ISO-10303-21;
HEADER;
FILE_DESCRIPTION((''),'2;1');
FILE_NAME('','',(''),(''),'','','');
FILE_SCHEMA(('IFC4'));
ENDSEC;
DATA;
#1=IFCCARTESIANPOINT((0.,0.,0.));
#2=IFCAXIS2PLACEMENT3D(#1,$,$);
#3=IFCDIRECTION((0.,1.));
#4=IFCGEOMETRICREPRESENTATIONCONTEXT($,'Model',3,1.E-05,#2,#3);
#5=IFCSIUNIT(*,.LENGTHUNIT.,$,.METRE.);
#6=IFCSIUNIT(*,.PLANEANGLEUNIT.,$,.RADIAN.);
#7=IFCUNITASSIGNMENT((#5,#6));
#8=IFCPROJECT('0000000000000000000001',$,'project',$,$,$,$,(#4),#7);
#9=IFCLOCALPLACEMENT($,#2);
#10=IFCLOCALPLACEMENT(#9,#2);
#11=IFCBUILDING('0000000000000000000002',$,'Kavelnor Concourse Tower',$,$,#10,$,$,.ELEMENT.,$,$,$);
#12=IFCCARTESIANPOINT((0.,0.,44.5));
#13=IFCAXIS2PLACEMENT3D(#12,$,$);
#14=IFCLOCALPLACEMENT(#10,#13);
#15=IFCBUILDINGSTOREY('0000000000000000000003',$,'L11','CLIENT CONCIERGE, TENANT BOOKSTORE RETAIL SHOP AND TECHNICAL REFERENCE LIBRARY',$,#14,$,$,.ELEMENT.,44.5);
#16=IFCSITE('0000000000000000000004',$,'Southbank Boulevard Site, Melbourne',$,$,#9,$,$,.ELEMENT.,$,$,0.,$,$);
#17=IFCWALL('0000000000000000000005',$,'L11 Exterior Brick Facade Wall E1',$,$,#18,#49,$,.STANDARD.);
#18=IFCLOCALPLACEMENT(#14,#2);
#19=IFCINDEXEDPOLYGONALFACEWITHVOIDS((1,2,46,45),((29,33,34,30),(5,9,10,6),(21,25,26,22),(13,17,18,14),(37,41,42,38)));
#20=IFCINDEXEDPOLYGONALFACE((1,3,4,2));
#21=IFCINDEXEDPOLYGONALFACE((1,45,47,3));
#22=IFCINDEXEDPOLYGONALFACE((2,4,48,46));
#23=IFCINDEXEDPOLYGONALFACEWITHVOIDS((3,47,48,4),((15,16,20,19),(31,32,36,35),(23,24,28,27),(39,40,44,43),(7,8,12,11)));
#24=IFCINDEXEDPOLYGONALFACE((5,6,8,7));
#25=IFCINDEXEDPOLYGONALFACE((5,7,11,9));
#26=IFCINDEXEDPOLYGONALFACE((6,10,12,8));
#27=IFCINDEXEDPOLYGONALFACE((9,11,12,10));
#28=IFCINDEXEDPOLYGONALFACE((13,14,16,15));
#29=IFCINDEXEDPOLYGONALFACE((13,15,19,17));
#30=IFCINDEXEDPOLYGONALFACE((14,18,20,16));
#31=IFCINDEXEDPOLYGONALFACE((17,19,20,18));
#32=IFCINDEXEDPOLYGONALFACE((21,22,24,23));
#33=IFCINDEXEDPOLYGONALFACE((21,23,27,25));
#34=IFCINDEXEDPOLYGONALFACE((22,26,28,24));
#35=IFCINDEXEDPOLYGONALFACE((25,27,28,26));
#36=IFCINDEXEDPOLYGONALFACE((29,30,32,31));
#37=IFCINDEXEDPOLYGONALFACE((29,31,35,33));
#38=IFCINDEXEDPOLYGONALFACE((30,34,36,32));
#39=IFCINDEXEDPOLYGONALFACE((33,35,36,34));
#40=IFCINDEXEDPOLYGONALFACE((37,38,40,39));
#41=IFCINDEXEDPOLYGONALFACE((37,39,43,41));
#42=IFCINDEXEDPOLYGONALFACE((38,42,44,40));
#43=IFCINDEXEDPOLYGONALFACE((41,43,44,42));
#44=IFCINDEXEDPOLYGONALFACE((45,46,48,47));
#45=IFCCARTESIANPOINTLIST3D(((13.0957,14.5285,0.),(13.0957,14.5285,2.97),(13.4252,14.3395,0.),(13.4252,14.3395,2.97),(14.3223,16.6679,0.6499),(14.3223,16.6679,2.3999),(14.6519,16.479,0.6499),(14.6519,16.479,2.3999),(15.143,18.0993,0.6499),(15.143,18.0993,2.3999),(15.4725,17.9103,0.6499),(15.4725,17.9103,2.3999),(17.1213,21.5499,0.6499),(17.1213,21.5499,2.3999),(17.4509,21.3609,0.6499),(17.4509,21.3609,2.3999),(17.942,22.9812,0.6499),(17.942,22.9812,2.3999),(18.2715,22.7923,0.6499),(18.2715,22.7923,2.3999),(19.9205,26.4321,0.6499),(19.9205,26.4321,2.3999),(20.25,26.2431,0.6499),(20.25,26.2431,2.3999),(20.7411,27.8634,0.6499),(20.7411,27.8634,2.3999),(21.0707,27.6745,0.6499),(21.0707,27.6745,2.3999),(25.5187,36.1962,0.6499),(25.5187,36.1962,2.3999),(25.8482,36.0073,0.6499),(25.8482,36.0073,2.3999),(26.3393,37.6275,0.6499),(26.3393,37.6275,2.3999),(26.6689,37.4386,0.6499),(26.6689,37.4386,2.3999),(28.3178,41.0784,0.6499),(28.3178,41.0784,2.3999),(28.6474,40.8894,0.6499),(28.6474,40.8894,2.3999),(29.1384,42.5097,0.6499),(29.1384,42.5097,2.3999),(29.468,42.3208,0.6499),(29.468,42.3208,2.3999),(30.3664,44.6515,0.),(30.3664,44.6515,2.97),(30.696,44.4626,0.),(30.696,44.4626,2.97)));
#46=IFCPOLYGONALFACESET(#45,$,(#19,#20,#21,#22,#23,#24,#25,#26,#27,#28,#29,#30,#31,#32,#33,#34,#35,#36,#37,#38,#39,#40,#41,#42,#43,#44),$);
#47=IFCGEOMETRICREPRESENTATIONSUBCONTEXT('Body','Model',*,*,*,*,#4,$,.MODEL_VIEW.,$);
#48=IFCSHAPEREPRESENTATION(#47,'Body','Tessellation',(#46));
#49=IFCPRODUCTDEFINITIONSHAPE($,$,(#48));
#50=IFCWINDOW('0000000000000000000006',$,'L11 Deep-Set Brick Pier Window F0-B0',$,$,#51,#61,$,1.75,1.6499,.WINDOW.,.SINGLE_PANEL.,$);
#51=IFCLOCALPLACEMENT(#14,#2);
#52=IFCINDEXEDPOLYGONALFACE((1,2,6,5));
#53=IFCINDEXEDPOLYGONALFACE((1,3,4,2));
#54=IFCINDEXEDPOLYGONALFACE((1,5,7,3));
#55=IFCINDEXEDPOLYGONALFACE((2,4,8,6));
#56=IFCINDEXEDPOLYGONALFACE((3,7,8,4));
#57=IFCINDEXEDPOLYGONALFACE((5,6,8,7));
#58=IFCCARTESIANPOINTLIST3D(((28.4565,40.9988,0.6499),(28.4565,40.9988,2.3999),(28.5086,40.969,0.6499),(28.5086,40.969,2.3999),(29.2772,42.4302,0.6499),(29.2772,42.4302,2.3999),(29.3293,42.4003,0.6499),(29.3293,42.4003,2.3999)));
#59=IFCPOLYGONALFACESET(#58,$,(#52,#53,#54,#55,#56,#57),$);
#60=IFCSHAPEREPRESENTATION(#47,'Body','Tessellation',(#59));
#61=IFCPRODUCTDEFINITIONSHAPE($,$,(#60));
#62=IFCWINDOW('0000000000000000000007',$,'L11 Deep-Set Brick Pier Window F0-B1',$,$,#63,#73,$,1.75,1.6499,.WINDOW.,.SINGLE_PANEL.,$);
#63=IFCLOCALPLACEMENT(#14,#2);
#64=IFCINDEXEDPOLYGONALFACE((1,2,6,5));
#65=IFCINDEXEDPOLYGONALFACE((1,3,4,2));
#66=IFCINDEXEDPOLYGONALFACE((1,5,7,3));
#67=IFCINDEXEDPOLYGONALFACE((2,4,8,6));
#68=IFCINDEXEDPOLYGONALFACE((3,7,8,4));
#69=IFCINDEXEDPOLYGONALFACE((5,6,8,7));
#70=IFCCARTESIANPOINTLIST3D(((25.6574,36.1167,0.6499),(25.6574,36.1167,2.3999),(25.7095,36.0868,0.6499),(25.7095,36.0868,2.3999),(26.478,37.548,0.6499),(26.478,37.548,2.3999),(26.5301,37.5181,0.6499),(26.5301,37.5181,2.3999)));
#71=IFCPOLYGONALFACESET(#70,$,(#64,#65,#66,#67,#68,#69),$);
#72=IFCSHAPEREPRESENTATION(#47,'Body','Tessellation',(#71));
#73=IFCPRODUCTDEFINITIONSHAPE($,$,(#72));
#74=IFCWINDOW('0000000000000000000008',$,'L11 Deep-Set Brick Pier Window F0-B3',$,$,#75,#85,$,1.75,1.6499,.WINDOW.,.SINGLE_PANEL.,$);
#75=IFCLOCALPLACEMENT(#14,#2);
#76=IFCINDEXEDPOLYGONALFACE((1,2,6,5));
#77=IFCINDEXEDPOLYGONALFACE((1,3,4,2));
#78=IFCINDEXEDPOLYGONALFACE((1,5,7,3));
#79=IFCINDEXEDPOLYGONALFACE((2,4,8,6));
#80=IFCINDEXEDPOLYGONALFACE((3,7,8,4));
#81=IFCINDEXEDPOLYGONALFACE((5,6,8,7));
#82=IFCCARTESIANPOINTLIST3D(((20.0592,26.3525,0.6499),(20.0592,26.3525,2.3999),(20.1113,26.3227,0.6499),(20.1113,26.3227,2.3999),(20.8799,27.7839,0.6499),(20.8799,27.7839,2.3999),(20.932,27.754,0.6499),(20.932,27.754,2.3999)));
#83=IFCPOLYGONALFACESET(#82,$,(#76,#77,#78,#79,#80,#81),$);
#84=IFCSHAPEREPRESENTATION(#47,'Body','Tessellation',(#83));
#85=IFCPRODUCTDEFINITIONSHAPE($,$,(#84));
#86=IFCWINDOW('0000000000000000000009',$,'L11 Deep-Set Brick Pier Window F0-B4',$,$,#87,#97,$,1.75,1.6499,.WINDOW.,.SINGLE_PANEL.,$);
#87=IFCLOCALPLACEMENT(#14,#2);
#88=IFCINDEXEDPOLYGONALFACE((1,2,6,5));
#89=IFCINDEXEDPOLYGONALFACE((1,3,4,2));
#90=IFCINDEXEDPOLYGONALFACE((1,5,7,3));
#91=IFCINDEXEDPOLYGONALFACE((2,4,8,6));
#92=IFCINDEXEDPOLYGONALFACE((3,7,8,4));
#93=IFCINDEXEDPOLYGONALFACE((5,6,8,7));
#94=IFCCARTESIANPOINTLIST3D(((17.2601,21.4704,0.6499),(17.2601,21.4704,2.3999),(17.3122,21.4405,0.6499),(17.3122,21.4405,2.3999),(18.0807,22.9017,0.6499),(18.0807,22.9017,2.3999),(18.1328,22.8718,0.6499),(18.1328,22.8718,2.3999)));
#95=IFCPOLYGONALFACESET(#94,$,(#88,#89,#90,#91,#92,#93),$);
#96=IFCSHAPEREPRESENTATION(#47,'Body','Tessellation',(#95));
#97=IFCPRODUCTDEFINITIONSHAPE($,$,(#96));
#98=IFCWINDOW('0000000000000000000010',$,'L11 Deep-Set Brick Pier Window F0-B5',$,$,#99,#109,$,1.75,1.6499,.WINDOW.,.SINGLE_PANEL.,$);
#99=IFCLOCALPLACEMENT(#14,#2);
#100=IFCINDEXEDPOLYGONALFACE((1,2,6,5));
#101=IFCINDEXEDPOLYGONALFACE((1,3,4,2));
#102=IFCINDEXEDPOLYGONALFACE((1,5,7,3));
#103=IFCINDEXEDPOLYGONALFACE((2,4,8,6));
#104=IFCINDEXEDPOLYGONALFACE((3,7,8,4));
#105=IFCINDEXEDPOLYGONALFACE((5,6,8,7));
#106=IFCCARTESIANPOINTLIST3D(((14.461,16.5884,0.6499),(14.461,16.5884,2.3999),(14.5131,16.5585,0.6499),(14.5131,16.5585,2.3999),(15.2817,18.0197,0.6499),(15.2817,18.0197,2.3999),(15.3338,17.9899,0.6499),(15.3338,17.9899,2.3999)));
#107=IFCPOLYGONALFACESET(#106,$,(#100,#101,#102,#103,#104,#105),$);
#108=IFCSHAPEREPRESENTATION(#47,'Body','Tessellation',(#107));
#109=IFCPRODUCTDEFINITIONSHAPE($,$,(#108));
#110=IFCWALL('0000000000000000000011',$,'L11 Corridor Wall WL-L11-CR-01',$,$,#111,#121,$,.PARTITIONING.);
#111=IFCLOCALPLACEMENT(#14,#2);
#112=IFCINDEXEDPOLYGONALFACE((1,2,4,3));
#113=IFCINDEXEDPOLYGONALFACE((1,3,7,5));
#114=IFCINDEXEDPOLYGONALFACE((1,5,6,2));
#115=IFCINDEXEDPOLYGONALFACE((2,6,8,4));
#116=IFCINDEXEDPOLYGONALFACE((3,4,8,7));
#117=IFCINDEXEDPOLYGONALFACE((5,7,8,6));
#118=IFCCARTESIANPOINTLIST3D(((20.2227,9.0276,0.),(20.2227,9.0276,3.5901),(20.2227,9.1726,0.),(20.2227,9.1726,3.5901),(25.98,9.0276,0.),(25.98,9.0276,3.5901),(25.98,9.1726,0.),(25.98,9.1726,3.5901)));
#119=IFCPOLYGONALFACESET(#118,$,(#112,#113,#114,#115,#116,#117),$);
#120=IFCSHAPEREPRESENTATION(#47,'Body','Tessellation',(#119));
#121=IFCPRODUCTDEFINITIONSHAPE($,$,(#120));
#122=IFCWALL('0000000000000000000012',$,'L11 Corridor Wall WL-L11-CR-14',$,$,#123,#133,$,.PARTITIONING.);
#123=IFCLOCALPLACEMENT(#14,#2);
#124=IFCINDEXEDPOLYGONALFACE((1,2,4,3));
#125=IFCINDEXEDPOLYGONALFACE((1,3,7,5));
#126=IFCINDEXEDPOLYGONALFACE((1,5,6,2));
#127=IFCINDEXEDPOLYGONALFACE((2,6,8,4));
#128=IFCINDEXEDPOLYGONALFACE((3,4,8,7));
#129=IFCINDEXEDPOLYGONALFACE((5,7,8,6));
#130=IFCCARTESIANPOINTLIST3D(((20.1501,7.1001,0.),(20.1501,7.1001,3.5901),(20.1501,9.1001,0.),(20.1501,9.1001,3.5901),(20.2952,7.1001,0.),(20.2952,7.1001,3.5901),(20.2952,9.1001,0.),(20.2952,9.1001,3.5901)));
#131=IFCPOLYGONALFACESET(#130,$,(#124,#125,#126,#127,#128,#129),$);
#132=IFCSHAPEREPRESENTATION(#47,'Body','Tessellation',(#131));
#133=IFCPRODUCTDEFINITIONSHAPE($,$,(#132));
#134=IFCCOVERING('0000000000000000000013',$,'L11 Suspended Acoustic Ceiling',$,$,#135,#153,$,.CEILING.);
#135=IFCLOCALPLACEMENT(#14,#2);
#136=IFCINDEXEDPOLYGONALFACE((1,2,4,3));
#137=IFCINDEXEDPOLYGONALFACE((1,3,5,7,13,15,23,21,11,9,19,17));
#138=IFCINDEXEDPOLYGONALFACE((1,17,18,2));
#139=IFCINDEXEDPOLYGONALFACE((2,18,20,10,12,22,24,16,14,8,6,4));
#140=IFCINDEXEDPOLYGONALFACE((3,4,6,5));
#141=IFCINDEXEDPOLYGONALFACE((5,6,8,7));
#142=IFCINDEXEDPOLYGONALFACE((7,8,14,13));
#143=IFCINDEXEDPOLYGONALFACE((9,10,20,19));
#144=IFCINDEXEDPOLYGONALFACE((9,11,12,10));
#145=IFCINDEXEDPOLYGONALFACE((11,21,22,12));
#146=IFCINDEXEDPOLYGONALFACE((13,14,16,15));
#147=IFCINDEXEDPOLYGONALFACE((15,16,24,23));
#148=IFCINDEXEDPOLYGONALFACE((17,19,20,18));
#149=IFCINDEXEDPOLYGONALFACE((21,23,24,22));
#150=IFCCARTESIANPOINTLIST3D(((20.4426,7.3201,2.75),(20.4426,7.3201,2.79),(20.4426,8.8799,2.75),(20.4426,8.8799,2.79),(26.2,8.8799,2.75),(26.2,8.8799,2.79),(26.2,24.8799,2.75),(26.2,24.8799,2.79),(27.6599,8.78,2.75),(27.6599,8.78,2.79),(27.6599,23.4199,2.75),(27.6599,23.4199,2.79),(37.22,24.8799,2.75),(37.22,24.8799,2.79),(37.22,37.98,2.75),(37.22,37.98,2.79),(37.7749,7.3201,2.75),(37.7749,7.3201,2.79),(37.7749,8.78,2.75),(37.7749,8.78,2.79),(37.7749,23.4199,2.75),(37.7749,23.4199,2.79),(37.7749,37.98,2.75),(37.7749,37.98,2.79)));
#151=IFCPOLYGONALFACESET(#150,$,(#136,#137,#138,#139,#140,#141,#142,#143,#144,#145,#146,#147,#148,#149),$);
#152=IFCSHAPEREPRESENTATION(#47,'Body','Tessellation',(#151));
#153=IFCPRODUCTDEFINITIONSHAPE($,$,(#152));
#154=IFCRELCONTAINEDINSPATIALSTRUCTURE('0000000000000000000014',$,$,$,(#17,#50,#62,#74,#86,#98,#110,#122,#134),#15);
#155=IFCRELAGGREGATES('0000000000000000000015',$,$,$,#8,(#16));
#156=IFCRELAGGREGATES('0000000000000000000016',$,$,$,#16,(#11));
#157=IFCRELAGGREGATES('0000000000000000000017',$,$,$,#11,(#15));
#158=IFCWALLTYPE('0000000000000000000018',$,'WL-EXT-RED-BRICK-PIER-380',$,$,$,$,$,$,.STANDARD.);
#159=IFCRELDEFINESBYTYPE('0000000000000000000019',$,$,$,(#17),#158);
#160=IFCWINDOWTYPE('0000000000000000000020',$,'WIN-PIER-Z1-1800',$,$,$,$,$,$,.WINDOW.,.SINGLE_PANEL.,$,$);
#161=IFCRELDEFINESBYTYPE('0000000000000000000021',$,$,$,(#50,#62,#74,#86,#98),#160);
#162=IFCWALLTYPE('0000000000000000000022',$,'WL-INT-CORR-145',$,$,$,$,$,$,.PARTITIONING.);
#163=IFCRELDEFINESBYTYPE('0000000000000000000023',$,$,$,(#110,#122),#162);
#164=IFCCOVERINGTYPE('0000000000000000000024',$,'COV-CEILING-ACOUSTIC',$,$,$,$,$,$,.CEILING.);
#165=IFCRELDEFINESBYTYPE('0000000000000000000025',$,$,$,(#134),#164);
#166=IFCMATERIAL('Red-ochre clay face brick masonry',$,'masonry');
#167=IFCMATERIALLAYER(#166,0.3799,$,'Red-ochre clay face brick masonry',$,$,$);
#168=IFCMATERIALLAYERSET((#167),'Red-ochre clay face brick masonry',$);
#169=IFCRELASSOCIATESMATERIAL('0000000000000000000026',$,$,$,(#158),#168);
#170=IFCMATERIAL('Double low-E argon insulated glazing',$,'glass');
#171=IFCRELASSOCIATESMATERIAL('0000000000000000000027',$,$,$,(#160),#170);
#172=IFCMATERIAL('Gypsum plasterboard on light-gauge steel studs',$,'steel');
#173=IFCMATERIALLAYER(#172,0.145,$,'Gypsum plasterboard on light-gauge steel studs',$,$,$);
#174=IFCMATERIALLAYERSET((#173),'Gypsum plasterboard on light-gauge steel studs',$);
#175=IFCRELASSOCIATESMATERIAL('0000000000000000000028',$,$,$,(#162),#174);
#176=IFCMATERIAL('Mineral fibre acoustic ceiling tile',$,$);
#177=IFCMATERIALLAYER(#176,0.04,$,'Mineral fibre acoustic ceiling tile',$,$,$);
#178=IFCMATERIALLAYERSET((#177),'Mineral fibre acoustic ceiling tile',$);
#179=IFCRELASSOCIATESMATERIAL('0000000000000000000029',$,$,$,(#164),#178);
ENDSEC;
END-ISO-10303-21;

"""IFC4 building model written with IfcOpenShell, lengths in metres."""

from ifc_helpers import new_model, si_unit, direction, frame, frame_2d, origin, place, context, subcontext, project, spatial, polyline, rectangle, outline, extrude, material, layer, layer_set, type_object, element, fill, save


model = new_model("IFC4")

# Units and contexts
model_context = context("Model", 3, precision=1e-05, world=origin(), true_north=direction((0.0, 1.0)))
body_context = subcontext(model_context, "Body", "Model", "MODEL_VIEW")
ifc_project = project(units=[si_unit("LENGTHUNIT", "METRE"), si_unit("PLANEANGLEUNIT", "RADIAN")], contexts=[model_context])

# Site, building, storey
site_placement = place(None, origin())
site = spatial("IfcSite", under=ifc_project, at=site_placement, Name="Southbank Boulevard Site, Melbourne", CompositionType="ELEMENT", RefElevation=0.0)
building_placement = place(site_placement, origin())
building = spatial("IfcBuilding", under=site, at=building_placement, Name="Kavelnor Concourse Tower", CompositionType="ELEMENT")
storey_placement = place(building_placement, frame((0.0, 0.0, 44.5)))
storey = spatial("IfcBuildingStorey", under=building, at=storey_placement, Name="L11", Description="CLIENT CONCIERGE, TENANT BOOKSTORE RETAIL SHOP AND TECHNICAL REFERENCE LIBRARY", CompositionType="ELEMENT", Elevation=44.5)

# Wall, openings, windows
ifc_material_1 = material(Name="Red-ochre clay face brick masonry", Category="masonry")
ifc_layer_1 = layer(ifc_material_1, 0.3799, Name="Red-ochre clay face brick masonry")
ifc_layer_set_1 = layer_set([ifc_layer_1], Name="Red-ochre clay face brick masonry")
wall_type_1 = type_object("IfcWallType", Name="WL-EXT-RED-BRICK-PIER-380", PredefinedType="STANDARD", material=ifc_layer_set_1)
wall_1_placement = place(storey_placement, frame((13.2605, 14.4341, 0.0), z_axis=(0.0, 0.0, 1.0), x_axis=(0.497389, 0.867528, 0.0)))
wall_1 = element("IfcWall", 1, at=wall_1_placement, inside=storey, type_object=wall_type_1, Name="L11 Exterior Brick Facade Wall E1", PredefinedType="STANDARD", context=body_context, shape_type="SweptSolid", body=[
    extrude(rectangle(XDim=34.7229, YDim=0.3799, at=frame_2d((17.3613, 0.0))), origin(), (0.0, 0.0, 1.0), 2.97),
])
opening_1_placement = place(wall_1_placement, frame((30.604, 0.0, 0.6499)))
opening_1 = element("IfcOpeningElement", 2, at=opening_1_placement, cuts=wall_1, PredefinedType="OPENING", context=body_context, shape_type="SweptSolid", body=[
    extrude(rectangle(XDim=1.6499, YDim=1.75, at=frame_2d((0.825, 0.875))), frame((0.0, 0.2, 0.0), z_axis=(0.0, -1.0, 0.0), x_axis=(1.0, 0.0, 0.0)), (0.0, 0.0, 1.0), 0.3999),
])
opening_2_placement = place(wall_1_placement, frame((24.9763, 0.0, 0.6499)))
opening_2 = element("IfcOpeningElement", 3, at=opening_2_placement, cuts=wall_1, PredefinedType="OPENING", context=body_context, shape_type="SweptSolid", body=[
    extrude(rectangle(XDim=1.6499, YDim=1.75, at=frame_2d((0.825, 0.875))), frame((0.0, 0.2, 0.0), z_axis=(0.0, -1.0, 0.0), x_axis=(1.0, 0.0, 0.0)), (0.0, 0.0, 1.0), 0.3999),
])
opening_3_placement = place(wall_1_placement, frame((13.7212, 0.0, 0.6499)))
opening_3 = element("IfcOpeningElement", 4, at=opening_3_placement, cuts=wall_1, PredefinedType="OPENING", context=body_context, shape_type="SweptSolid", body=[
    extrude(rectangle(XDim=1.6499, YDim=1.75, at=frame_2d((0.825, 0.875))), frame((0.0, 0.2, 0.0), z_axis=(0.0, -1.0, 0.0), x_axis=(1.0, 0.0, 0.0)), (0.0, 0.0, 1.0), 0.3999),
])
opening_4_placement = place(wall_1_placement, frame((8.0935, 0.0, 0.6499)))
opening_4 = element("IfcOpeningElement", 5, at=opening_4_placement, cuts=wall_1, PredefinedType="OPENING", context=body_context, shape_type="SweptSolid", body=[
    extrude(rectangle(XDim=1.6499, YDim=1.75, at=frame_2d((0.825, 0.875))), frame((0.0, 0.2, 0.0), z_axis=(0.0, -1.0, 0.0), x_axis=(1.0, 0.0, 0.0)), (0.0, 0.0, 1.0), 0.3999),
])
opening_5_placement = place(wall_1_placement, frame((2.4661, 0.0, 0.6499)))
opening_5 = element("IfcOpeningElement", 6, at=opening_5_placement, cuts=wall_1, PredefinedType="OPENING", context=body_context, shape_type="SweptSolid", body=[
    extrude(rectangle(XDim=1.6499, YDim=1.75, at=frame_2d((0.825, 0.875))), frame((0.0, 0.2, 0.0), z_axis=(0.0, -1.0, 0.0), x_axis=(1.0, 0.0, 0.0)), (0.0, 0.0, 1.0), 0.3999),
])
ifc_material_2 = material(Name="Double low-E argon insulated glazing", Category="glass")
window_type = type_object("IfcWindowType", Name="WIN-PIER-Z1-1800", PartitioningType="SINGLE_PANEL", PredefinedType="WINDOW", material=ifc_material_2)
window_1_placement = place(opening_1_placement, origin())
window_1 = element("IfcWindow", 7, at=window_1_placement, inside=storey, type_object=window_type, Name="L11 Deep-Set Brick Pier Window F0-B0", OverallHeight=1.75, OverallWidth=1.6499, PartitioningType="SINGLE_PANEL", PredefinedType="WINDOW", context=body_context, shape_type="SweptSolid", body=[
    extrude(rectangle(XDim=1.6499, YDim=1.75, at=frame_2d((0.825, 0.875))), frame((0.0, 0.03, 0.0), z_axis=(0.0, -1.0, 0.0), x_axis=(1.0, 0.0, 0.0)), (0.0, 0.0, 1.0), 0.0601),
])
fill(opening_1, window_1)
window_2_placement = place(opening_2_placement, origin())
window_2 = element("IfcWindow", 8, at=window_2_placement, inside=storey, type_object=window_type, Name="L11 Deep-Set Brick Pier Window F0-B1", OverallHeight=1.75, OverallWidth=1.6499, PartitioningType="SINGLE_PANEL", PredefinedType="WINDOW", context=body_context, shape_type="SweptSolid", body=[
    extrude(rectangle(XDim=1.6499, YDim=1.75, at=frame_2d((0.825, 0.875))), frame((0.0, 0.03, 0.0), z_axis=(0.0, -1.0, 0.0), x_axis=(1.0, 0.0, 0.0)), (0.0, 0.0, 1.0), 0.0601),
])
fill(opening_2, window_2)
window_3_placement = place(opening_3_placement, origin())
window_3 = element("IfcWindow", 9, at=window_3_placement, inside=storey, type_object=window_type, Name="L11 Deep-Set Brick Pier Window F0-B3", OverallHeight=1.75, OverallWidth=1.6499, PartitioningType="SINGLE_PANEL", PredefinedType="WINDOW", context=body_context, shape_type="SweptSolid", body=[
    extrude(rectangle(XDim=1.6499, YDim=1.75, at=frame_2d((0.825, 0.875))), frame((0.0, 0.03, 0.0), z_axis=(0.0, -1.0, 0.0), x_axis=(1.0, 0.0, 0.0)), (0.0, 0.0, 1.0), 0.0601),
])
fill(opening_3, window_3)
window_4_placement = place(opening_4_placement, origin())
window_4 = element("IfcWindow", 10, at=window_4_placement, inside=storey, type_object=window_type, Name="L11 Deep-Set Brick Pier Window F0-B4", OverallHeight=1.75, OverallWidth=1.6499, PartitioningType="SINGLE_PANEL", PredefinedType="WINDOW", context=body_context, shape_type="SweptSolid", body=[
    extrude(rectangle(XDim=1.6499, YDim=1.75, at=frame_2d((0.825, 0.875))), frame((0.0, 0.03, 0.0), z_axis=(0.0, -1.0, 0.0), x_axis=(1.0, 0.0, 0.0)), (0.0, 0.0, 1.0), 0.0601),
])
fill(opening_4, window_4)
window_5_placement = place(opening_5_placement, origin())
window_5 = element("IfcWindow", 11, at=window_5_placement, inside=storey, type_object=window_type, Name="L11 Deep-Set Brick Pier Window F0-B5", OverallHeight=1.75, OverallWidth=1.6499, PartitioningType="SINGLE_PANEL", PredefinedType="WINDOW", context=body_context, shape_type="SweptSolid", body=[
    extrude(rectangle(XDim=1.6499, YDim=1.75, at=frame_2d((0.825, 0.875))), frame((0.0, 0.03, 0.0), z_axis=(0.0, -1.0, 0.0), x_axis=(1.0, 0.0, 0.0)), (0.0, 0.0, 1.0), 0.0601),
])
fill(opening_5, window_5)

# Walls
ifc_material_3 = material(Name="Gypsum plasterboard on light-gauge steel studs", Category="steel")
ifc_layer_2 = layer(ifc_material_3, 0.145, Name="Gypsum plasterboard on light-gauge steel studs")
ifc_layer_set_2 = layer_set([ifc_layer_2], Name="Gypsum plasterboard on light-gauge steel studs")
wall_type_2 = type_object("IfcWallType", Name="WL-INT-CORR-145", PredefinedType="PARTITIONING", material=ifc_layer_set_2)
wall_2_placement = place(storey_placement, frame((20.2227, 9.1001, 0.0), z_axis=(0.0, 0.0, 1.0), x_axis=(1.0, 0.0, 0.0)))
element("IfcWall", 12, at=wall_2_placement, inside=storey, type_object=wall_type_2, Name="L11 Corridor Wall WL-L11-CR-01", PredefinedType="PARTITIONING", context=body_context, shape_type="SweptSolid", body=[
    extrude(rectangle(XDim=5.7573, YDim=0.145, at=frame_2d((2.8787, 0.0))), origin(), (0.0, 0.0, 1.0), 3.5901),
])
wall_3_placement = place(storey_placement, frame((20.2227, 7.1001, 0.0), z_axis=(0.0, 0.0, 1.0), x_axis=(0.0, 1.0, 0.0)))
element("IfcWall", 13, at=wall_3_placement, inside=storey, type_object=wall_type_2, Name="L11 Corridor Wall WL-L11-CR-14", PredefinedType="PARTITIONING", context=body_context, shape_type="SweptSolid", body=[
    extrude(rectangle(XDim=2.0, YDim=0.145, at=frame_2d((1.0, 0.0))), origin(), (0.0, 0.0, 1.0), 3.5901),
])

# Covering
ifc_material_4 = material(Name="Mineral fibre acoustic ceiling tile")
ifc_layer_3 = layer(ifc_material_4, 0.04, Name="Mineral fibre acoustic ceiling tile")
ifc_layer_set_3 = layer_set([ifc_layer_3], Name="Mineral fibre acoustic ceiling tile")
covering_type_1 = type_object("IfcCoveringType", Name="COV-CEILING-ACOUSTIC", PredefinedType="CEILING", material=ifc_layer_set_3)
covering_1_placement = place(storey_placement, frame((0.0, 0.0, 2.75)))
element("IfcCovering", 14, at=covering_1_placement, inside=storey, type_object=covering_type_1, Name="L11 Suspended Acoustic Ceiling", PredefinedType="CEILING", context=body_context, shape_type="SweptSolid", body=[
    extrude(outline(polyline([(37.22, 37.98), (37.7749, 37.98), (37.7749, 23.4199), (27.6599, 23.4199), (27.6599, 8.78), (37.7749, 8.78), (37.7749, 7.3201), (20.4426, 7.3201), (20.4426, 8.8799), (26.2, 8.8799), (26.2, 24.8799), (37.22, 24.8799), (37.22, 37.98)])), origin(), (0.0, 0.0, 1.0), 0.04),
])

save(model, "model.ifc")
